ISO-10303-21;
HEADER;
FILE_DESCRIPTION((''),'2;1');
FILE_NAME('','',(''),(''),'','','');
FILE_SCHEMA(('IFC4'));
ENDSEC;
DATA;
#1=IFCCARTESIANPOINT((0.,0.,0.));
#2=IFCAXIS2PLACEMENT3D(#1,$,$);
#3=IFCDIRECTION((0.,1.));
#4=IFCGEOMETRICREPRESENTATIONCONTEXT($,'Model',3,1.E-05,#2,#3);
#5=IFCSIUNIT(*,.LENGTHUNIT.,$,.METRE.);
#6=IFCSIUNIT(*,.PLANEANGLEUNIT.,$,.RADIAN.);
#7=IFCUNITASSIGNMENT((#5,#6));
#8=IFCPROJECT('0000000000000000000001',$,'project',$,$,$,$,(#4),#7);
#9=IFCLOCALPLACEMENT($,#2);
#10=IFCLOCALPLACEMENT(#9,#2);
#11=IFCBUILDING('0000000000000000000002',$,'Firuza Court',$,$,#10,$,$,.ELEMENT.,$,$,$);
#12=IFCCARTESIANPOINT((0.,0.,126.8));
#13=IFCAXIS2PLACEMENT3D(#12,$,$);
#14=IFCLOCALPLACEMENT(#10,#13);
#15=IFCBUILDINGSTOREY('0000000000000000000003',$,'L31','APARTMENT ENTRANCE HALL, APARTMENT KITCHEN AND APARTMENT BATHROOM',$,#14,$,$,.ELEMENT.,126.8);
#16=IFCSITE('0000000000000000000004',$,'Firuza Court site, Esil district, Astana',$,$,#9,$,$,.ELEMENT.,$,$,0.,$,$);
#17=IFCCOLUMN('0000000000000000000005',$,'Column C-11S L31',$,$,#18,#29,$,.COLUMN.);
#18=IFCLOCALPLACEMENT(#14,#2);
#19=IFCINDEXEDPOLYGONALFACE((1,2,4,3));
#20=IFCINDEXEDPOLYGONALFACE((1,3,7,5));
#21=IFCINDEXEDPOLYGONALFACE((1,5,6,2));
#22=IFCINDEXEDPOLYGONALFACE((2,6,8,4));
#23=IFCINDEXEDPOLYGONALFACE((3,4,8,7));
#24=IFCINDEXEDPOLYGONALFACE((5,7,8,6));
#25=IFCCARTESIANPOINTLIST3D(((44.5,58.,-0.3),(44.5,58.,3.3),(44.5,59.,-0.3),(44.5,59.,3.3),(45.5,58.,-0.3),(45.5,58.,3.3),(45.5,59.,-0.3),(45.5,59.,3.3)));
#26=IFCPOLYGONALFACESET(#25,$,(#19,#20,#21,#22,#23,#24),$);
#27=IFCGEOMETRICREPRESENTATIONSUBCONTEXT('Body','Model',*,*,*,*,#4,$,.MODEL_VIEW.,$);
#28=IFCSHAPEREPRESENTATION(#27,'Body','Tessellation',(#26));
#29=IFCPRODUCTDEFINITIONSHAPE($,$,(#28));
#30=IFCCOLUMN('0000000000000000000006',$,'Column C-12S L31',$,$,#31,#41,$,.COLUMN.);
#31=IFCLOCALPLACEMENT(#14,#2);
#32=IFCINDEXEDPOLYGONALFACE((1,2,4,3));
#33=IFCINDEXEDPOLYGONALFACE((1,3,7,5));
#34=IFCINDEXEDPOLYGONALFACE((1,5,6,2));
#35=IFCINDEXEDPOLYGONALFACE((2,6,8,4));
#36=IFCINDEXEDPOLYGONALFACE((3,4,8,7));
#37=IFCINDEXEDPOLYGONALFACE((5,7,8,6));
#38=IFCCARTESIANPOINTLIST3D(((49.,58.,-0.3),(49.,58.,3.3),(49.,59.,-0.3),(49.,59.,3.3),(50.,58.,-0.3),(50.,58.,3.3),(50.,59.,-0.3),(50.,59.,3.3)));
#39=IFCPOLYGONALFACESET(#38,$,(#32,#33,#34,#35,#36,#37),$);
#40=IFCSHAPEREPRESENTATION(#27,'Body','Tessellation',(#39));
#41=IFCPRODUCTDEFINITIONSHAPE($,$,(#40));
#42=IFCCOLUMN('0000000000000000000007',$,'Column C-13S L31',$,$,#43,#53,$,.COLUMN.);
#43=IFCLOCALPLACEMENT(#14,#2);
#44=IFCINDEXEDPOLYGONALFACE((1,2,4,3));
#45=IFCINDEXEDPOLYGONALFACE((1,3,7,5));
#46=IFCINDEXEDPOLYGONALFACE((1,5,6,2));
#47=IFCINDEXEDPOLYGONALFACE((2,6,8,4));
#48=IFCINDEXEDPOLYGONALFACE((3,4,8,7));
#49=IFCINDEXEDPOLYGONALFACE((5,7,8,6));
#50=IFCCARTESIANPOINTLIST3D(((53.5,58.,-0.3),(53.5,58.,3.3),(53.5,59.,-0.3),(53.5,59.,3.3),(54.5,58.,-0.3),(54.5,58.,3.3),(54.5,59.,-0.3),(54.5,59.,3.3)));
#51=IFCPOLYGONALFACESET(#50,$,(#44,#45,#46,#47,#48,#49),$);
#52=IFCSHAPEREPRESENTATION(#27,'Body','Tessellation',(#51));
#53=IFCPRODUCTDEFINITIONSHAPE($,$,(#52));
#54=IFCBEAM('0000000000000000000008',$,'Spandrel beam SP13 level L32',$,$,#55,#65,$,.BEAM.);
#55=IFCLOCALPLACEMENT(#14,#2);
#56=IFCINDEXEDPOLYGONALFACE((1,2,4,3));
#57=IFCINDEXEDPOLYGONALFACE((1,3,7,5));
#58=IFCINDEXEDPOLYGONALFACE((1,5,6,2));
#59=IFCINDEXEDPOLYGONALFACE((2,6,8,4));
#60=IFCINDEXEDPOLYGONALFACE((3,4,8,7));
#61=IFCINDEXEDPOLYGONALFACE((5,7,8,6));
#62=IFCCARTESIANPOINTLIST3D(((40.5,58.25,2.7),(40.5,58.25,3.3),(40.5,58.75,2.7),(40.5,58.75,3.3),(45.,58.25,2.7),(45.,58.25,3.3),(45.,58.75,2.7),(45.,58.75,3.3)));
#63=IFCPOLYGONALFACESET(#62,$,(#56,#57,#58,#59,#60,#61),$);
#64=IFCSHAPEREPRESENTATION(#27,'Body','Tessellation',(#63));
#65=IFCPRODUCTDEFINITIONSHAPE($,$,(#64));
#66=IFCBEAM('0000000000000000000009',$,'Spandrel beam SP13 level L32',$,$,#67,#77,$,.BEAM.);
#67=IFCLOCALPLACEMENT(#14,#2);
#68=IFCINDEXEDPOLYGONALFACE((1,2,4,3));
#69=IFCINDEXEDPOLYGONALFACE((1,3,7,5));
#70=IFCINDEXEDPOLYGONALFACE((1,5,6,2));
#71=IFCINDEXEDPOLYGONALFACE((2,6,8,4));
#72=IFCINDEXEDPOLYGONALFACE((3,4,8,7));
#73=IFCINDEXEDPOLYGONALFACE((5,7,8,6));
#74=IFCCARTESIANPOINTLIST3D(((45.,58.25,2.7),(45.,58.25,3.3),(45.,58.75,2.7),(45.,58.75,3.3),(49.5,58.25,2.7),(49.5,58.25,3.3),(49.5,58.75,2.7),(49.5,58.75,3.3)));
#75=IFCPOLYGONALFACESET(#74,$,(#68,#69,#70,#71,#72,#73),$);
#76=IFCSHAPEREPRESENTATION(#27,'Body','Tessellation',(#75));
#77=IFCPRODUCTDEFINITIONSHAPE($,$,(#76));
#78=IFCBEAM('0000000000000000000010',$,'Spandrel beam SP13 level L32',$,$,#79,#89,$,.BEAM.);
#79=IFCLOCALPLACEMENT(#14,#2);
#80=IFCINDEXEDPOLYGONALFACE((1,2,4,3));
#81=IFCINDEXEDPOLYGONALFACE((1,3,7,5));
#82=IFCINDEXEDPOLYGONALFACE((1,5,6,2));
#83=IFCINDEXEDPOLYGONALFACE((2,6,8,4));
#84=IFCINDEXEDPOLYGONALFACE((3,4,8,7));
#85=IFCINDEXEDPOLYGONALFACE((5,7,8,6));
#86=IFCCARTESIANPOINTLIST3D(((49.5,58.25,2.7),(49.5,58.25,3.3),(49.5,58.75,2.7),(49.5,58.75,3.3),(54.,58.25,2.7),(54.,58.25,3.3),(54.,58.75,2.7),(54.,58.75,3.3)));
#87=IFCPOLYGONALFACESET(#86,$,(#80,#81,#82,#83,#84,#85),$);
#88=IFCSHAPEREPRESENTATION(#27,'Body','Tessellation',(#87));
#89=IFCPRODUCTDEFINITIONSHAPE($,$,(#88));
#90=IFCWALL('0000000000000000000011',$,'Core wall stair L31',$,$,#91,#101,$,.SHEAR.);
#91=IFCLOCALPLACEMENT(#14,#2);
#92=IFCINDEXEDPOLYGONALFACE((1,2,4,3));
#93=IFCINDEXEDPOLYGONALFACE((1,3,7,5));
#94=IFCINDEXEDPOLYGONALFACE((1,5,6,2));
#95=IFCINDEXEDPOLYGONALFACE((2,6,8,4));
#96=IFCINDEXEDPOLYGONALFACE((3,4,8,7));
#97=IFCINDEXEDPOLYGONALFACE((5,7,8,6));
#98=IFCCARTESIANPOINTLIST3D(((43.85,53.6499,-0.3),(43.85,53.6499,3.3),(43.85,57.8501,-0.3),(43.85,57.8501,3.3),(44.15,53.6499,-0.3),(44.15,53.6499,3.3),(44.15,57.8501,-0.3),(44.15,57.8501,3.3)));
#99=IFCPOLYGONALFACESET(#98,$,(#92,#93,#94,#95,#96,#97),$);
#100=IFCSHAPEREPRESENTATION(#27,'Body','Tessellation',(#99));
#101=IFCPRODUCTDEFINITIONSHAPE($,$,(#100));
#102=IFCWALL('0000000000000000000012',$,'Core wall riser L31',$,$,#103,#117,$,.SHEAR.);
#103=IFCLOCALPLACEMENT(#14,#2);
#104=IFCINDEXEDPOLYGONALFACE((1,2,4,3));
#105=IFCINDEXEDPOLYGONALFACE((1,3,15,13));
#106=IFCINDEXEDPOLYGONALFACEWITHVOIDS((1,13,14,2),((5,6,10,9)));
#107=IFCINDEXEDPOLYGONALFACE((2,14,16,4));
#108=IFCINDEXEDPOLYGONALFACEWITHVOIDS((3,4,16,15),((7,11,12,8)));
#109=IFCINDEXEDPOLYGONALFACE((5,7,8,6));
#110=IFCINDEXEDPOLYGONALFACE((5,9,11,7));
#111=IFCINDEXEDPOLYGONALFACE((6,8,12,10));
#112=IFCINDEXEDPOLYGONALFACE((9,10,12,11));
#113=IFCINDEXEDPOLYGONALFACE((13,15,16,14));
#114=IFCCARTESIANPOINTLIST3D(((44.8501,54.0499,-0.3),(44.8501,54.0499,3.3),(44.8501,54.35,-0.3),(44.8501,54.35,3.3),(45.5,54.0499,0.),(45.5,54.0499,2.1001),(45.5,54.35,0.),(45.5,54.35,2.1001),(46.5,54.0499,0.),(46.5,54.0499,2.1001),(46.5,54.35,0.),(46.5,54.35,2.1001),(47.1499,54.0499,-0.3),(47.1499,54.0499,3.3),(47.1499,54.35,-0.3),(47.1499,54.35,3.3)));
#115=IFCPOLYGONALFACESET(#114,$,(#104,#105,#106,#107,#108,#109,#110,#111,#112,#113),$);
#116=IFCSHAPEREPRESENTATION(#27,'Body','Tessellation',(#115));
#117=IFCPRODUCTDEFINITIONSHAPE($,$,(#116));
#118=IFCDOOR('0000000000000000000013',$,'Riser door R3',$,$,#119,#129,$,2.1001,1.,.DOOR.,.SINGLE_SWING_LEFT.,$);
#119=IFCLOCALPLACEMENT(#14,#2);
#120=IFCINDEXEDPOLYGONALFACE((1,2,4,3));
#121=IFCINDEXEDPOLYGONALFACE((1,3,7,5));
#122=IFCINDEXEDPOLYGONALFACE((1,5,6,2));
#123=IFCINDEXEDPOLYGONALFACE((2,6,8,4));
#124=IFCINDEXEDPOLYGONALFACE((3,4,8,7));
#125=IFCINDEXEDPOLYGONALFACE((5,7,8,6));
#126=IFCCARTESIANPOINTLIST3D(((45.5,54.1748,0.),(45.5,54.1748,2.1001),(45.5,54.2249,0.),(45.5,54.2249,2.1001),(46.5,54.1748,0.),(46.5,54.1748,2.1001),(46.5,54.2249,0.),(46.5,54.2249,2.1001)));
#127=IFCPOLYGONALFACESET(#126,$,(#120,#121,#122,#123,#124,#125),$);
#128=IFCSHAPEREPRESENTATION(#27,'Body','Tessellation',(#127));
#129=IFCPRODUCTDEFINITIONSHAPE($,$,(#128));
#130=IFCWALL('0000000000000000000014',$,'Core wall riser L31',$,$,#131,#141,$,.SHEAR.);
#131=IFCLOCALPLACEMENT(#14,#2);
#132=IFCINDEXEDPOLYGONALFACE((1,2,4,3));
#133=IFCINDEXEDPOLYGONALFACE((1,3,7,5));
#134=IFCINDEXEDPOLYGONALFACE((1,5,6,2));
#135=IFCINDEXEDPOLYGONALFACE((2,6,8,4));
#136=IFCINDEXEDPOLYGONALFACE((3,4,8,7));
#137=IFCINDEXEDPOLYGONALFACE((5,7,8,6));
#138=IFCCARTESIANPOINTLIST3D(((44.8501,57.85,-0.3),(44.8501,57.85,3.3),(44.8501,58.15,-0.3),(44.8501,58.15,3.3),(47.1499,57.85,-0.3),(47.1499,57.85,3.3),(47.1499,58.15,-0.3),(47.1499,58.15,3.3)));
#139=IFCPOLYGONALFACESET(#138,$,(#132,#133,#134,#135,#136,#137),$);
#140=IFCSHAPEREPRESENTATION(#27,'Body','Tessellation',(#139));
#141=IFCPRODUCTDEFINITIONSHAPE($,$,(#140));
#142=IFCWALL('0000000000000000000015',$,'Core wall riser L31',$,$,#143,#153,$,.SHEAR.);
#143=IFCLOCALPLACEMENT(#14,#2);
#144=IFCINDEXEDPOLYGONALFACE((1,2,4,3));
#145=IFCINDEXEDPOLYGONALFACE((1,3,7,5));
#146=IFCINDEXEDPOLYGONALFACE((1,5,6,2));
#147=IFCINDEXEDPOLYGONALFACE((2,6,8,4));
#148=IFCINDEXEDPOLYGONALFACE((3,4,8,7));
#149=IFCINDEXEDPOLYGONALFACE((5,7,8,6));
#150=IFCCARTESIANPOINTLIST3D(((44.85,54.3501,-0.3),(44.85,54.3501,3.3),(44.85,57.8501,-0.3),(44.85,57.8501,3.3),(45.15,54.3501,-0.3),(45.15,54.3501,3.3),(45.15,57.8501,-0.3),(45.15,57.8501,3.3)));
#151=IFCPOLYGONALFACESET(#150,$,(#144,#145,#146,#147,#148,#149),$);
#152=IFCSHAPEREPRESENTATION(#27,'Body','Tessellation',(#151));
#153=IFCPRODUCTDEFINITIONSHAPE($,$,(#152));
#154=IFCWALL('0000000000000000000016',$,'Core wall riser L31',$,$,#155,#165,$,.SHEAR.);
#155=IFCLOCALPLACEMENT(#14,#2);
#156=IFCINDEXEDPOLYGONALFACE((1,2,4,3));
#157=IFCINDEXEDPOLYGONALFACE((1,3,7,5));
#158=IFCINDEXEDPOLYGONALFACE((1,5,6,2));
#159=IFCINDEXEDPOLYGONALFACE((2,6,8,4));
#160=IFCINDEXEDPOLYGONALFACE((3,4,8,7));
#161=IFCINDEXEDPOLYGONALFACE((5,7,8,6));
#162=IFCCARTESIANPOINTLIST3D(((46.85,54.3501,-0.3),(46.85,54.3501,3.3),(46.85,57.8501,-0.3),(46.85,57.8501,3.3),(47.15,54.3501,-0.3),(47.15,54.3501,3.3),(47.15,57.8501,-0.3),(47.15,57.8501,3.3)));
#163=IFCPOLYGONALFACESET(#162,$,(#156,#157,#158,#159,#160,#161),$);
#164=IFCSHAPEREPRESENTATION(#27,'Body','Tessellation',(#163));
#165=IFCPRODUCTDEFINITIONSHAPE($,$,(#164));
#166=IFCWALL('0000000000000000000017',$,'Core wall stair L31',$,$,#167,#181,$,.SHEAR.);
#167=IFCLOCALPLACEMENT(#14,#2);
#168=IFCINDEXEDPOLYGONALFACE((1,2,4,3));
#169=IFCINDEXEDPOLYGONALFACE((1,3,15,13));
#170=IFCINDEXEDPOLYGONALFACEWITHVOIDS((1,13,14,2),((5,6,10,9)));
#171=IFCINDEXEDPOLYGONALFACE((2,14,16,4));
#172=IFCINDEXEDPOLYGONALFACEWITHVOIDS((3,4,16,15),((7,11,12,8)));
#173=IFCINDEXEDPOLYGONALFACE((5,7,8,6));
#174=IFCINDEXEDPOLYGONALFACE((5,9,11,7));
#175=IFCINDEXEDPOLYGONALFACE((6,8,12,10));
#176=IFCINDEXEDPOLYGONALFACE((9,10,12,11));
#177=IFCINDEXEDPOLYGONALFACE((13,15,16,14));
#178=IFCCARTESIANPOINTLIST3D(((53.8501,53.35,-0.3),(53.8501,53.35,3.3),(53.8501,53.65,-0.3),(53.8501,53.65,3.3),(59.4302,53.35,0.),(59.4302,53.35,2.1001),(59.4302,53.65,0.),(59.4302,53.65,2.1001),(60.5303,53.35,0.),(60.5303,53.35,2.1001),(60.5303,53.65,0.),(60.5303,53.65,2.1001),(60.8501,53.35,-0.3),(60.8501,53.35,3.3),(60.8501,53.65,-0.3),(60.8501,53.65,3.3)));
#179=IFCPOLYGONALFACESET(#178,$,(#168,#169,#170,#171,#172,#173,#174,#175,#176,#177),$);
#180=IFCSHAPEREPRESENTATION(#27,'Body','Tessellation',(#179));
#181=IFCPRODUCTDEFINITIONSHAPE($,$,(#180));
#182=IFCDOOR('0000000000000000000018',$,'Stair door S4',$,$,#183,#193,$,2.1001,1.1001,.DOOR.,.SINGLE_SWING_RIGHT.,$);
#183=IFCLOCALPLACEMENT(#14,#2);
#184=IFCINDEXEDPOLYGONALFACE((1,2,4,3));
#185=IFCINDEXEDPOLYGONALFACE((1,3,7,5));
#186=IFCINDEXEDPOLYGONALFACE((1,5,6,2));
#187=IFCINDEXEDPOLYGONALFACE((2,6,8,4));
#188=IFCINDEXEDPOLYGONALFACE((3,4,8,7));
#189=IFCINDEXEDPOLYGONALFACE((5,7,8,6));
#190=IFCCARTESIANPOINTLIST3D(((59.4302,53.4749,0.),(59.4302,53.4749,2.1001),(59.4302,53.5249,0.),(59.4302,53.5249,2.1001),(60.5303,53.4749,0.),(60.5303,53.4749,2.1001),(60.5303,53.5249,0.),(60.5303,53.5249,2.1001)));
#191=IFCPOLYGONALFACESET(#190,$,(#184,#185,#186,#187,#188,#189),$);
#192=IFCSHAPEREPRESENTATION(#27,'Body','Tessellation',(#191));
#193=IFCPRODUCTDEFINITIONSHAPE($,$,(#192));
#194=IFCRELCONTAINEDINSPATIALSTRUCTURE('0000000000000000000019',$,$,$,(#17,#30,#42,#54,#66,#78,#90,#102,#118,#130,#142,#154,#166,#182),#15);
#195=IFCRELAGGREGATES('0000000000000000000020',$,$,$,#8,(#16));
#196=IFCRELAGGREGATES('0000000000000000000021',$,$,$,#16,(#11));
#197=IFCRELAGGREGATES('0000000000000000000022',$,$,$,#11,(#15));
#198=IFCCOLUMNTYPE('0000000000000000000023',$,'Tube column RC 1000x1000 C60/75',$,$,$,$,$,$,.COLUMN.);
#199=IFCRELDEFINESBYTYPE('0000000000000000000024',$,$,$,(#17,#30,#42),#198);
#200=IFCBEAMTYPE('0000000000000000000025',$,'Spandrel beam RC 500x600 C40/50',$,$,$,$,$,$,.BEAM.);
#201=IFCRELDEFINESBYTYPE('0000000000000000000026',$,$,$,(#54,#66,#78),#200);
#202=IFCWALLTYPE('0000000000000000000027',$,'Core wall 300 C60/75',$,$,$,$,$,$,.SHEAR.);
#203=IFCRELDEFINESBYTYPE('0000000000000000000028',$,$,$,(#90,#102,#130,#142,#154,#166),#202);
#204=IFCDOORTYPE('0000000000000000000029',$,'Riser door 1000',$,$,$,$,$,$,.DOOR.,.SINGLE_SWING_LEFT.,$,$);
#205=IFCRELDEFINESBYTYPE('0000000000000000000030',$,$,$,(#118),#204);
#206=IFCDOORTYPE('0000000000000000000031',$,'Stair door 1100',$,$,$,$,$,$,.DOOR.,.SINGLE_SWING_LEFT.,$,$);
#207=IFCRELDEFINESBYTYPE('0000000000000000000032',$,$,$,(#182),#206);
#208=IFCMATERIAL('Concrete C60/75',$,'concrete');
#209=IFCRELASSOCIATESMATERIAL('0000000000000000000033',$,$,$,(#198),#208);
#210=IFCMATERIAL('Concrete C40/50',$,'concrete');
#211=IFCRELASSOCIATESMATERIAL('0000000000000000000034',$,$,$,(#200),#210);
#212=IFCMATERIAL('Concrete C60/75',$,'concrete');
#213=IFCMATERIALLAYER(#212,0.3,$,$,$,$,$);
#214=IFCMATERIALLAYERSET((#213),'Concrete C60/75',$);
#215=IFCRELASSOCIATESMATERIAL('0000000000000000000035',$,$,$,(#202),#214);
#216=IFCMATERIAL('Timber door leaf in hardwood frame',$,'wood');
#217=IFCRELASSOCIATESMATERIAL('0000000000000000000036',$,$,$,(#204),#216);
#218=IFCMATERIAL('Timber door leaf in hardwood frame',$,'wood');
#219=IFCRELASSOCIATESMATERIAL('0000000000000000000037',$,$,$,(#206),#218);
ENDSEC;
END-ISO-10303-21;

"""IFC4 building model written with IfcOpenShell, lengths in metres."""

from ifc_helpers import new_model, si_unit, direction, frame, frame_2d, origin, origin_2d, place, context, subcontext, project, spatial, rectangle, extrude, material, layer, layer_set, material_profile, profile_set, type_object, element, fill, save


model = new_model("IFC4")

# Units and contexts
model_context = context("Model", 3, precision=1e-05, world=origin(), true_north=direction((0.0, 1.0)))
body_context = subcontext(model_context, "Body", "Model", "MODEL_VIEW")
ifc_project = project(units=[si_unit("LENGTHUNIT", "METRE"), si_unit("PLANEANGLEUNIT", "RADIAN")], contexts=[model_context])

# Site, building, storey
site_placement = place(None, origin())
site = spatial("IfcSite", under=ifc_project, at=site_placement, Name="Firuza Court site, Esil district, Astana", CompositionType="ELEMENT", RefElevation=0.0)
building_placement = place(site_placement, origin())
building = spatial("IfcBuilding", under=site, at=building_placement, Name="Firuza Court", CompositionType="ELEMENT")
storey_placement = place(building_placement, frame((0.0, 0.0, 126.8)))
storey = spatial("IfcBuildingStorey", under=building, at=storey_placement, Name="L31", Description="APARTMENT ENTRANCE HALL, APARTMENT KITCHEN AND APARTMENT BATHROOM", CompositionType="ELEMENT", Elevation=126.8)

# Columns
ifc_material_1 = material(Name="Concrete C60/75", Category="concrete")
ifc_material_profile_1 = material_profile(ifc_material_1, rectangle(XDim=1.0, YDim=1.0, at=origin_2d()), Name="RC 1000x1000")
ifc_profile_set_1 = profile_set([ifc_material_profile_1], Name="Concrete C60/75")
column_type = type_object("IfcColumnType", Name="Tube column RC 1000x1000 C60/75", PredefinedType="COLUMN", material=ifc_profile_set_1)
for number, where, z_axis, x_axis, name in (
    (1, (45.0, 58.5, -0.3), (0.0, 0.0, 1.0), (1.0, 0.0, 0.0), "Column C-11S L31"),
    (2, (49.5, 58.5, -0.3), (0.0, 0.0, 1.0), (1.0, 0.0, 0.0), "Column C-12S L31"),
    (3, (54.0, 58.5, -0.3), (0.0, 0.0, 1.0), (1.0, 0.0, 0.0), "Column C-13S L31"),
):
    element("IfcColumn", number, at=place(storey_placement, frame(where, z_axis=z_axis, x_axis=x_axis)), inside=storey, type_object=column_type, Name=name, PredefinedType="COLUMN", context=body_context, shape_type="SweptSolid", body=[
        extrude(rectangle(XDim=1.0, YDim=1.0, at=origin_2d()), origin(), (0.0, 0.0, 1.0), 3.6001),
    ])

# Beams
ifc_material_2 = material(Name="Concrete C40/50", Category="concrete")
ifc_material_profile_2 = material_profile(ifc_material_2, rectangle(XDim=0.5, YDim=0.6001, at=origin_2d()), Name="RC 500x600")
ifc_profile_set_2 = profile_set([ifc_material_profile_2], Name="Concrete C40/50")
beam_type = type_object("IfcBeamType", Name="Spandrel beam RC 500x600 C40/50", PredefinedType="BEAM", material=ifc_profile_set_2)
for number, where, z_axis, x_axis, name in (
    (4, (45.0, 58.5, 3.0), (-1.0, 0.0, 0.0), (0.0, -1.0, 0.0), "Spandrel beam SP13 level L32"),
    (5, (49.5, 58.5, 3.0), (-1.0, 0.0, 0.0), (0.0, -1.0, 0.0), "Spandrel beam SP13 level L32"),
    (6, (54.0, 58.5, 3.0), (-1.0, 0.0, 0.0), (0.0, -1.0, 0.0), "Spandrel beam SP13 level L32"),
):
    element("IfcBeam", number, at=place(storey_placement, frame(where, z_axis=z_axis, x_axis=x_axis)), inside=storey, type_object=beam_type, Name=name, PredefinedType="BEAM", context=body_context, shape_type="SweptSolid", body=[
        extrude(rectangle(XDim=0.5, YDim=0.6001, at=origin_2d()), origin(), (0.0, 0.0, 1.0), 4.5),
    ])

# Wall
ifc_material_3 = material(Name="Concrete C60/75", Category="concrete")
ifc_layer_1 = layer(ifc_material_3, 0.3)
ifc_layer_set_1 = layer_set([ifc_layer_1], Name="Concrete C60/75")
wall_type_1 = type_object("IfcWallType", Name="Core wall 300 C60/75", PredefinedType="SHEAR", material=ifc_layer_set_1)
wall_1_placement = place(storey_placement, frame((44.0, 53.6499, -0.3), z_axis=(0.0, 0.0, 1.0), x_axis=(0.0, 1.0, 0.0)))
element("IfcWall", 7, at=wall_1_placement, inside=storey, type_object=wall_type_1, Name="Core wall stair L31", PredefinedType="SHEAR", context=body_context, shape_type="SweptSolid", body=[
    extrude(rectangle(XDim=4.2002, YDim=0.3, at=frame_2d((2.1001, 0.0))), origin(), (0.0, 0.0, 1.0), 3.6001),
])

# Wall, opening, door
wall_2_placement = place(storey_placement, frame((44.8501, 54.2, -0.3), z_axis=(0.0, 0.0, 1.0), x_axis=(1.0, 0.0, 0.0)))
wall_2 = element("IfcWall", 8, at=wall_2_placement, inside=storey, type_object=wall_type_1, Name="Core wall riser L31", PredefinedType="SHEAR", context=body_context, shape_type="SweptSolid", body=[
    extrude(rectangle(XDim=2.2998, YDim=0.3, at=frame_2d((1.1499, 0.0))), origin(), (0.0, 0.0, 1.0), 3.6001),
])
opening_1_placement = place(wall_2_placement, frame((0.6499, 0.0, 0.3)))
opening_1 = element("IfcOpeningElement", 9, at=opening_1_placement, cuts=wall_2, PredefinedType="OPENING", context=body_context, shape_type="SweptSolid", body=[
    extrude(rectangle(XDim=1.0, YDim=2.1001, at=frame_2d((0.5, 1.05))), frame((0.0, 0.1621, 0.0), z_axis=(0.0, -1.0, 0.0), x_axis=(1.0, 0.0, 0.0)), (0.0, 0.0, 1.0), 0.324),
])
ifc_material_4 = material(Name="Timber door leaf in hardwood frame", Category="wood")
door_type_1 = type_object("IfcDoorType", Name="Riser door 1000", OperationType="SINGLE_SWING_LEFT", PredefinedType="DOOR", material=ifc_material_4)
door_1_placement = place(opening_1_placement, origin())
door_1 = element("IfcDoor", 10, at=door_1_placement, inside=storey, type_object=door_type_1, Name="Riser door R3", OperationType="SINGLE_SWING_LEFT", OverallHeight=2.1001, OverallWidth=1.0, PredefinedType="DOOR", context=body_context, shape_type="SweptSolid", body=[
    extrude(rectangle(XDim=1.0, YDim=2.1001, at=frame_2d((0.5, 1.05))), frame((0.0, 0.0249, 0.0), z_axis=(0.0, -1.0, 0.0), x_axis=(1.0, 0.0, 0.0)), (0.0, 0.0, 1.0), 0.05),
])
fill(opening_1, door_1)

# Walls
wall_3_placement = place(storey_placement, frame((44.8501, 58.0, -0.3), z_axis=(0.0, 0.0, 1.0), x_axis=(1.0, 0.0, 0.0)))
element("IfcWall", 11, at=wall_3_placement, inside=storey, type_object=wall_type_1, Name="Core wall riser L31", PredefinedType="SHEAR", context=body_context, shape_type="SweptSolid", body=[
    extrude(rectangle(XDim=2.2998, YDim=0.3, at=frame_2d((1.1499, 0.0))), origin(), (0.0, 0.0, 1.0), 3.6001),
])
for number, where, z_axis, x_axis, name in (
    (12, (45.0, 54.3501, -0.3), (0.0, 0.0, 1.0), (0.0, 1.0, 0.0), "Core wall riser L31"),
    (13, (47.0, 54.3501, -0.3), (0.0, 0.0, 1.0), (0.0, 1.0, 0.0), "Core wall riser L31"),
):
    element("IfcWall", number, at=place(storey_placement, frame(where, z_axis=z_axis, x_axis=x_axis)), inside=storey, type_object=wall_type_1, Name=name, PredefinedType="SHEAR", context=body_context, shape_type="SweptSolid", body=[
        extrude(rectangle(XDim=3.5, YDim=0.3, at=frame_2d((1.75, 0.0))), origin(), (0.0, 0.0, 1.0), 3.6001),
    ])

# Wall, opening, door
wall_4_placement = place(storey_placement, frame((53.8501, 53.5, -0.3), z_axis=(0.0, 0.0, 1.0), x_axis=(1.0, 0.0, 0.0)))
wall_4 = element("IfcWall", 14, at=wall_4_placement, inside=storey, type_object=wall_type_1, Name="Core wall stair L31", PredefinedType="SHEAR", context=body_context, shape_type="SweptSolid", body=[
    extrude(rectangle(XDim=7.0, YDim=0.3, at=frame_2d((3.5, 0.0))), origin(), (0.0, 0.0, 1.0), 3.6001),
])
opening_2_placement = place(wall_4_placement, frame((5.5801, 0.0, 0.3)))
opening_2 = element("IfcOpeningElement", 15, at=opening_2_placement, cuts=wall_4, PredefinedType="OPENING", context=body_context, shape_type="SweptSolid", body=[
    extrude(rectangle(XDim=1.1001, YDim=2.1001, at=frame_2d((0.55, 1.05))), frame((0.0, 0.1621, 0.0), z_axis=(0.0, -1.0, 0.0), x_axis=(1.0, 0.0, 0.0)), (0.0, 0.0, 1.0), 0.324),
])
ifc_material_5 = material(Name="Timber door leaf in hardwood frame", Category="wood")
door_type_2 = type_object("IfcDoorType", Name="Stair door 1100", OperationType="SINGLE_SWING_LEFT", PredefinedType="DOOR", material=ifc_material_5)
door_2_placement = place(opening_2_placement, origin())
door_2 = element("IfcDoor", 16, at=door_2_placement, inside=storey, type_object=door_type_2, Name="Stair door S4", OperationType="SINGLE_SWING_RIGHT", OverallHeight=2.1001, OverallWidth=1.1001, PredefinedType="DOOR", context=body_context, shape_type="SweptSolid", body=[
    extrude(rectangle(XDim=1.1001, YDim=2.1001, at=frame_2d((0.55, 1.05))), frame((0.0, 0.0249, 0.0), z_axis=(0.0, -1.0, 0.0), x_axis=(1.0, 0.0, 0.0)), (0.0, 0.0, 1.0), 0.05),
])
fill(opening_2, door_2)

save(model, "model.ifc")
